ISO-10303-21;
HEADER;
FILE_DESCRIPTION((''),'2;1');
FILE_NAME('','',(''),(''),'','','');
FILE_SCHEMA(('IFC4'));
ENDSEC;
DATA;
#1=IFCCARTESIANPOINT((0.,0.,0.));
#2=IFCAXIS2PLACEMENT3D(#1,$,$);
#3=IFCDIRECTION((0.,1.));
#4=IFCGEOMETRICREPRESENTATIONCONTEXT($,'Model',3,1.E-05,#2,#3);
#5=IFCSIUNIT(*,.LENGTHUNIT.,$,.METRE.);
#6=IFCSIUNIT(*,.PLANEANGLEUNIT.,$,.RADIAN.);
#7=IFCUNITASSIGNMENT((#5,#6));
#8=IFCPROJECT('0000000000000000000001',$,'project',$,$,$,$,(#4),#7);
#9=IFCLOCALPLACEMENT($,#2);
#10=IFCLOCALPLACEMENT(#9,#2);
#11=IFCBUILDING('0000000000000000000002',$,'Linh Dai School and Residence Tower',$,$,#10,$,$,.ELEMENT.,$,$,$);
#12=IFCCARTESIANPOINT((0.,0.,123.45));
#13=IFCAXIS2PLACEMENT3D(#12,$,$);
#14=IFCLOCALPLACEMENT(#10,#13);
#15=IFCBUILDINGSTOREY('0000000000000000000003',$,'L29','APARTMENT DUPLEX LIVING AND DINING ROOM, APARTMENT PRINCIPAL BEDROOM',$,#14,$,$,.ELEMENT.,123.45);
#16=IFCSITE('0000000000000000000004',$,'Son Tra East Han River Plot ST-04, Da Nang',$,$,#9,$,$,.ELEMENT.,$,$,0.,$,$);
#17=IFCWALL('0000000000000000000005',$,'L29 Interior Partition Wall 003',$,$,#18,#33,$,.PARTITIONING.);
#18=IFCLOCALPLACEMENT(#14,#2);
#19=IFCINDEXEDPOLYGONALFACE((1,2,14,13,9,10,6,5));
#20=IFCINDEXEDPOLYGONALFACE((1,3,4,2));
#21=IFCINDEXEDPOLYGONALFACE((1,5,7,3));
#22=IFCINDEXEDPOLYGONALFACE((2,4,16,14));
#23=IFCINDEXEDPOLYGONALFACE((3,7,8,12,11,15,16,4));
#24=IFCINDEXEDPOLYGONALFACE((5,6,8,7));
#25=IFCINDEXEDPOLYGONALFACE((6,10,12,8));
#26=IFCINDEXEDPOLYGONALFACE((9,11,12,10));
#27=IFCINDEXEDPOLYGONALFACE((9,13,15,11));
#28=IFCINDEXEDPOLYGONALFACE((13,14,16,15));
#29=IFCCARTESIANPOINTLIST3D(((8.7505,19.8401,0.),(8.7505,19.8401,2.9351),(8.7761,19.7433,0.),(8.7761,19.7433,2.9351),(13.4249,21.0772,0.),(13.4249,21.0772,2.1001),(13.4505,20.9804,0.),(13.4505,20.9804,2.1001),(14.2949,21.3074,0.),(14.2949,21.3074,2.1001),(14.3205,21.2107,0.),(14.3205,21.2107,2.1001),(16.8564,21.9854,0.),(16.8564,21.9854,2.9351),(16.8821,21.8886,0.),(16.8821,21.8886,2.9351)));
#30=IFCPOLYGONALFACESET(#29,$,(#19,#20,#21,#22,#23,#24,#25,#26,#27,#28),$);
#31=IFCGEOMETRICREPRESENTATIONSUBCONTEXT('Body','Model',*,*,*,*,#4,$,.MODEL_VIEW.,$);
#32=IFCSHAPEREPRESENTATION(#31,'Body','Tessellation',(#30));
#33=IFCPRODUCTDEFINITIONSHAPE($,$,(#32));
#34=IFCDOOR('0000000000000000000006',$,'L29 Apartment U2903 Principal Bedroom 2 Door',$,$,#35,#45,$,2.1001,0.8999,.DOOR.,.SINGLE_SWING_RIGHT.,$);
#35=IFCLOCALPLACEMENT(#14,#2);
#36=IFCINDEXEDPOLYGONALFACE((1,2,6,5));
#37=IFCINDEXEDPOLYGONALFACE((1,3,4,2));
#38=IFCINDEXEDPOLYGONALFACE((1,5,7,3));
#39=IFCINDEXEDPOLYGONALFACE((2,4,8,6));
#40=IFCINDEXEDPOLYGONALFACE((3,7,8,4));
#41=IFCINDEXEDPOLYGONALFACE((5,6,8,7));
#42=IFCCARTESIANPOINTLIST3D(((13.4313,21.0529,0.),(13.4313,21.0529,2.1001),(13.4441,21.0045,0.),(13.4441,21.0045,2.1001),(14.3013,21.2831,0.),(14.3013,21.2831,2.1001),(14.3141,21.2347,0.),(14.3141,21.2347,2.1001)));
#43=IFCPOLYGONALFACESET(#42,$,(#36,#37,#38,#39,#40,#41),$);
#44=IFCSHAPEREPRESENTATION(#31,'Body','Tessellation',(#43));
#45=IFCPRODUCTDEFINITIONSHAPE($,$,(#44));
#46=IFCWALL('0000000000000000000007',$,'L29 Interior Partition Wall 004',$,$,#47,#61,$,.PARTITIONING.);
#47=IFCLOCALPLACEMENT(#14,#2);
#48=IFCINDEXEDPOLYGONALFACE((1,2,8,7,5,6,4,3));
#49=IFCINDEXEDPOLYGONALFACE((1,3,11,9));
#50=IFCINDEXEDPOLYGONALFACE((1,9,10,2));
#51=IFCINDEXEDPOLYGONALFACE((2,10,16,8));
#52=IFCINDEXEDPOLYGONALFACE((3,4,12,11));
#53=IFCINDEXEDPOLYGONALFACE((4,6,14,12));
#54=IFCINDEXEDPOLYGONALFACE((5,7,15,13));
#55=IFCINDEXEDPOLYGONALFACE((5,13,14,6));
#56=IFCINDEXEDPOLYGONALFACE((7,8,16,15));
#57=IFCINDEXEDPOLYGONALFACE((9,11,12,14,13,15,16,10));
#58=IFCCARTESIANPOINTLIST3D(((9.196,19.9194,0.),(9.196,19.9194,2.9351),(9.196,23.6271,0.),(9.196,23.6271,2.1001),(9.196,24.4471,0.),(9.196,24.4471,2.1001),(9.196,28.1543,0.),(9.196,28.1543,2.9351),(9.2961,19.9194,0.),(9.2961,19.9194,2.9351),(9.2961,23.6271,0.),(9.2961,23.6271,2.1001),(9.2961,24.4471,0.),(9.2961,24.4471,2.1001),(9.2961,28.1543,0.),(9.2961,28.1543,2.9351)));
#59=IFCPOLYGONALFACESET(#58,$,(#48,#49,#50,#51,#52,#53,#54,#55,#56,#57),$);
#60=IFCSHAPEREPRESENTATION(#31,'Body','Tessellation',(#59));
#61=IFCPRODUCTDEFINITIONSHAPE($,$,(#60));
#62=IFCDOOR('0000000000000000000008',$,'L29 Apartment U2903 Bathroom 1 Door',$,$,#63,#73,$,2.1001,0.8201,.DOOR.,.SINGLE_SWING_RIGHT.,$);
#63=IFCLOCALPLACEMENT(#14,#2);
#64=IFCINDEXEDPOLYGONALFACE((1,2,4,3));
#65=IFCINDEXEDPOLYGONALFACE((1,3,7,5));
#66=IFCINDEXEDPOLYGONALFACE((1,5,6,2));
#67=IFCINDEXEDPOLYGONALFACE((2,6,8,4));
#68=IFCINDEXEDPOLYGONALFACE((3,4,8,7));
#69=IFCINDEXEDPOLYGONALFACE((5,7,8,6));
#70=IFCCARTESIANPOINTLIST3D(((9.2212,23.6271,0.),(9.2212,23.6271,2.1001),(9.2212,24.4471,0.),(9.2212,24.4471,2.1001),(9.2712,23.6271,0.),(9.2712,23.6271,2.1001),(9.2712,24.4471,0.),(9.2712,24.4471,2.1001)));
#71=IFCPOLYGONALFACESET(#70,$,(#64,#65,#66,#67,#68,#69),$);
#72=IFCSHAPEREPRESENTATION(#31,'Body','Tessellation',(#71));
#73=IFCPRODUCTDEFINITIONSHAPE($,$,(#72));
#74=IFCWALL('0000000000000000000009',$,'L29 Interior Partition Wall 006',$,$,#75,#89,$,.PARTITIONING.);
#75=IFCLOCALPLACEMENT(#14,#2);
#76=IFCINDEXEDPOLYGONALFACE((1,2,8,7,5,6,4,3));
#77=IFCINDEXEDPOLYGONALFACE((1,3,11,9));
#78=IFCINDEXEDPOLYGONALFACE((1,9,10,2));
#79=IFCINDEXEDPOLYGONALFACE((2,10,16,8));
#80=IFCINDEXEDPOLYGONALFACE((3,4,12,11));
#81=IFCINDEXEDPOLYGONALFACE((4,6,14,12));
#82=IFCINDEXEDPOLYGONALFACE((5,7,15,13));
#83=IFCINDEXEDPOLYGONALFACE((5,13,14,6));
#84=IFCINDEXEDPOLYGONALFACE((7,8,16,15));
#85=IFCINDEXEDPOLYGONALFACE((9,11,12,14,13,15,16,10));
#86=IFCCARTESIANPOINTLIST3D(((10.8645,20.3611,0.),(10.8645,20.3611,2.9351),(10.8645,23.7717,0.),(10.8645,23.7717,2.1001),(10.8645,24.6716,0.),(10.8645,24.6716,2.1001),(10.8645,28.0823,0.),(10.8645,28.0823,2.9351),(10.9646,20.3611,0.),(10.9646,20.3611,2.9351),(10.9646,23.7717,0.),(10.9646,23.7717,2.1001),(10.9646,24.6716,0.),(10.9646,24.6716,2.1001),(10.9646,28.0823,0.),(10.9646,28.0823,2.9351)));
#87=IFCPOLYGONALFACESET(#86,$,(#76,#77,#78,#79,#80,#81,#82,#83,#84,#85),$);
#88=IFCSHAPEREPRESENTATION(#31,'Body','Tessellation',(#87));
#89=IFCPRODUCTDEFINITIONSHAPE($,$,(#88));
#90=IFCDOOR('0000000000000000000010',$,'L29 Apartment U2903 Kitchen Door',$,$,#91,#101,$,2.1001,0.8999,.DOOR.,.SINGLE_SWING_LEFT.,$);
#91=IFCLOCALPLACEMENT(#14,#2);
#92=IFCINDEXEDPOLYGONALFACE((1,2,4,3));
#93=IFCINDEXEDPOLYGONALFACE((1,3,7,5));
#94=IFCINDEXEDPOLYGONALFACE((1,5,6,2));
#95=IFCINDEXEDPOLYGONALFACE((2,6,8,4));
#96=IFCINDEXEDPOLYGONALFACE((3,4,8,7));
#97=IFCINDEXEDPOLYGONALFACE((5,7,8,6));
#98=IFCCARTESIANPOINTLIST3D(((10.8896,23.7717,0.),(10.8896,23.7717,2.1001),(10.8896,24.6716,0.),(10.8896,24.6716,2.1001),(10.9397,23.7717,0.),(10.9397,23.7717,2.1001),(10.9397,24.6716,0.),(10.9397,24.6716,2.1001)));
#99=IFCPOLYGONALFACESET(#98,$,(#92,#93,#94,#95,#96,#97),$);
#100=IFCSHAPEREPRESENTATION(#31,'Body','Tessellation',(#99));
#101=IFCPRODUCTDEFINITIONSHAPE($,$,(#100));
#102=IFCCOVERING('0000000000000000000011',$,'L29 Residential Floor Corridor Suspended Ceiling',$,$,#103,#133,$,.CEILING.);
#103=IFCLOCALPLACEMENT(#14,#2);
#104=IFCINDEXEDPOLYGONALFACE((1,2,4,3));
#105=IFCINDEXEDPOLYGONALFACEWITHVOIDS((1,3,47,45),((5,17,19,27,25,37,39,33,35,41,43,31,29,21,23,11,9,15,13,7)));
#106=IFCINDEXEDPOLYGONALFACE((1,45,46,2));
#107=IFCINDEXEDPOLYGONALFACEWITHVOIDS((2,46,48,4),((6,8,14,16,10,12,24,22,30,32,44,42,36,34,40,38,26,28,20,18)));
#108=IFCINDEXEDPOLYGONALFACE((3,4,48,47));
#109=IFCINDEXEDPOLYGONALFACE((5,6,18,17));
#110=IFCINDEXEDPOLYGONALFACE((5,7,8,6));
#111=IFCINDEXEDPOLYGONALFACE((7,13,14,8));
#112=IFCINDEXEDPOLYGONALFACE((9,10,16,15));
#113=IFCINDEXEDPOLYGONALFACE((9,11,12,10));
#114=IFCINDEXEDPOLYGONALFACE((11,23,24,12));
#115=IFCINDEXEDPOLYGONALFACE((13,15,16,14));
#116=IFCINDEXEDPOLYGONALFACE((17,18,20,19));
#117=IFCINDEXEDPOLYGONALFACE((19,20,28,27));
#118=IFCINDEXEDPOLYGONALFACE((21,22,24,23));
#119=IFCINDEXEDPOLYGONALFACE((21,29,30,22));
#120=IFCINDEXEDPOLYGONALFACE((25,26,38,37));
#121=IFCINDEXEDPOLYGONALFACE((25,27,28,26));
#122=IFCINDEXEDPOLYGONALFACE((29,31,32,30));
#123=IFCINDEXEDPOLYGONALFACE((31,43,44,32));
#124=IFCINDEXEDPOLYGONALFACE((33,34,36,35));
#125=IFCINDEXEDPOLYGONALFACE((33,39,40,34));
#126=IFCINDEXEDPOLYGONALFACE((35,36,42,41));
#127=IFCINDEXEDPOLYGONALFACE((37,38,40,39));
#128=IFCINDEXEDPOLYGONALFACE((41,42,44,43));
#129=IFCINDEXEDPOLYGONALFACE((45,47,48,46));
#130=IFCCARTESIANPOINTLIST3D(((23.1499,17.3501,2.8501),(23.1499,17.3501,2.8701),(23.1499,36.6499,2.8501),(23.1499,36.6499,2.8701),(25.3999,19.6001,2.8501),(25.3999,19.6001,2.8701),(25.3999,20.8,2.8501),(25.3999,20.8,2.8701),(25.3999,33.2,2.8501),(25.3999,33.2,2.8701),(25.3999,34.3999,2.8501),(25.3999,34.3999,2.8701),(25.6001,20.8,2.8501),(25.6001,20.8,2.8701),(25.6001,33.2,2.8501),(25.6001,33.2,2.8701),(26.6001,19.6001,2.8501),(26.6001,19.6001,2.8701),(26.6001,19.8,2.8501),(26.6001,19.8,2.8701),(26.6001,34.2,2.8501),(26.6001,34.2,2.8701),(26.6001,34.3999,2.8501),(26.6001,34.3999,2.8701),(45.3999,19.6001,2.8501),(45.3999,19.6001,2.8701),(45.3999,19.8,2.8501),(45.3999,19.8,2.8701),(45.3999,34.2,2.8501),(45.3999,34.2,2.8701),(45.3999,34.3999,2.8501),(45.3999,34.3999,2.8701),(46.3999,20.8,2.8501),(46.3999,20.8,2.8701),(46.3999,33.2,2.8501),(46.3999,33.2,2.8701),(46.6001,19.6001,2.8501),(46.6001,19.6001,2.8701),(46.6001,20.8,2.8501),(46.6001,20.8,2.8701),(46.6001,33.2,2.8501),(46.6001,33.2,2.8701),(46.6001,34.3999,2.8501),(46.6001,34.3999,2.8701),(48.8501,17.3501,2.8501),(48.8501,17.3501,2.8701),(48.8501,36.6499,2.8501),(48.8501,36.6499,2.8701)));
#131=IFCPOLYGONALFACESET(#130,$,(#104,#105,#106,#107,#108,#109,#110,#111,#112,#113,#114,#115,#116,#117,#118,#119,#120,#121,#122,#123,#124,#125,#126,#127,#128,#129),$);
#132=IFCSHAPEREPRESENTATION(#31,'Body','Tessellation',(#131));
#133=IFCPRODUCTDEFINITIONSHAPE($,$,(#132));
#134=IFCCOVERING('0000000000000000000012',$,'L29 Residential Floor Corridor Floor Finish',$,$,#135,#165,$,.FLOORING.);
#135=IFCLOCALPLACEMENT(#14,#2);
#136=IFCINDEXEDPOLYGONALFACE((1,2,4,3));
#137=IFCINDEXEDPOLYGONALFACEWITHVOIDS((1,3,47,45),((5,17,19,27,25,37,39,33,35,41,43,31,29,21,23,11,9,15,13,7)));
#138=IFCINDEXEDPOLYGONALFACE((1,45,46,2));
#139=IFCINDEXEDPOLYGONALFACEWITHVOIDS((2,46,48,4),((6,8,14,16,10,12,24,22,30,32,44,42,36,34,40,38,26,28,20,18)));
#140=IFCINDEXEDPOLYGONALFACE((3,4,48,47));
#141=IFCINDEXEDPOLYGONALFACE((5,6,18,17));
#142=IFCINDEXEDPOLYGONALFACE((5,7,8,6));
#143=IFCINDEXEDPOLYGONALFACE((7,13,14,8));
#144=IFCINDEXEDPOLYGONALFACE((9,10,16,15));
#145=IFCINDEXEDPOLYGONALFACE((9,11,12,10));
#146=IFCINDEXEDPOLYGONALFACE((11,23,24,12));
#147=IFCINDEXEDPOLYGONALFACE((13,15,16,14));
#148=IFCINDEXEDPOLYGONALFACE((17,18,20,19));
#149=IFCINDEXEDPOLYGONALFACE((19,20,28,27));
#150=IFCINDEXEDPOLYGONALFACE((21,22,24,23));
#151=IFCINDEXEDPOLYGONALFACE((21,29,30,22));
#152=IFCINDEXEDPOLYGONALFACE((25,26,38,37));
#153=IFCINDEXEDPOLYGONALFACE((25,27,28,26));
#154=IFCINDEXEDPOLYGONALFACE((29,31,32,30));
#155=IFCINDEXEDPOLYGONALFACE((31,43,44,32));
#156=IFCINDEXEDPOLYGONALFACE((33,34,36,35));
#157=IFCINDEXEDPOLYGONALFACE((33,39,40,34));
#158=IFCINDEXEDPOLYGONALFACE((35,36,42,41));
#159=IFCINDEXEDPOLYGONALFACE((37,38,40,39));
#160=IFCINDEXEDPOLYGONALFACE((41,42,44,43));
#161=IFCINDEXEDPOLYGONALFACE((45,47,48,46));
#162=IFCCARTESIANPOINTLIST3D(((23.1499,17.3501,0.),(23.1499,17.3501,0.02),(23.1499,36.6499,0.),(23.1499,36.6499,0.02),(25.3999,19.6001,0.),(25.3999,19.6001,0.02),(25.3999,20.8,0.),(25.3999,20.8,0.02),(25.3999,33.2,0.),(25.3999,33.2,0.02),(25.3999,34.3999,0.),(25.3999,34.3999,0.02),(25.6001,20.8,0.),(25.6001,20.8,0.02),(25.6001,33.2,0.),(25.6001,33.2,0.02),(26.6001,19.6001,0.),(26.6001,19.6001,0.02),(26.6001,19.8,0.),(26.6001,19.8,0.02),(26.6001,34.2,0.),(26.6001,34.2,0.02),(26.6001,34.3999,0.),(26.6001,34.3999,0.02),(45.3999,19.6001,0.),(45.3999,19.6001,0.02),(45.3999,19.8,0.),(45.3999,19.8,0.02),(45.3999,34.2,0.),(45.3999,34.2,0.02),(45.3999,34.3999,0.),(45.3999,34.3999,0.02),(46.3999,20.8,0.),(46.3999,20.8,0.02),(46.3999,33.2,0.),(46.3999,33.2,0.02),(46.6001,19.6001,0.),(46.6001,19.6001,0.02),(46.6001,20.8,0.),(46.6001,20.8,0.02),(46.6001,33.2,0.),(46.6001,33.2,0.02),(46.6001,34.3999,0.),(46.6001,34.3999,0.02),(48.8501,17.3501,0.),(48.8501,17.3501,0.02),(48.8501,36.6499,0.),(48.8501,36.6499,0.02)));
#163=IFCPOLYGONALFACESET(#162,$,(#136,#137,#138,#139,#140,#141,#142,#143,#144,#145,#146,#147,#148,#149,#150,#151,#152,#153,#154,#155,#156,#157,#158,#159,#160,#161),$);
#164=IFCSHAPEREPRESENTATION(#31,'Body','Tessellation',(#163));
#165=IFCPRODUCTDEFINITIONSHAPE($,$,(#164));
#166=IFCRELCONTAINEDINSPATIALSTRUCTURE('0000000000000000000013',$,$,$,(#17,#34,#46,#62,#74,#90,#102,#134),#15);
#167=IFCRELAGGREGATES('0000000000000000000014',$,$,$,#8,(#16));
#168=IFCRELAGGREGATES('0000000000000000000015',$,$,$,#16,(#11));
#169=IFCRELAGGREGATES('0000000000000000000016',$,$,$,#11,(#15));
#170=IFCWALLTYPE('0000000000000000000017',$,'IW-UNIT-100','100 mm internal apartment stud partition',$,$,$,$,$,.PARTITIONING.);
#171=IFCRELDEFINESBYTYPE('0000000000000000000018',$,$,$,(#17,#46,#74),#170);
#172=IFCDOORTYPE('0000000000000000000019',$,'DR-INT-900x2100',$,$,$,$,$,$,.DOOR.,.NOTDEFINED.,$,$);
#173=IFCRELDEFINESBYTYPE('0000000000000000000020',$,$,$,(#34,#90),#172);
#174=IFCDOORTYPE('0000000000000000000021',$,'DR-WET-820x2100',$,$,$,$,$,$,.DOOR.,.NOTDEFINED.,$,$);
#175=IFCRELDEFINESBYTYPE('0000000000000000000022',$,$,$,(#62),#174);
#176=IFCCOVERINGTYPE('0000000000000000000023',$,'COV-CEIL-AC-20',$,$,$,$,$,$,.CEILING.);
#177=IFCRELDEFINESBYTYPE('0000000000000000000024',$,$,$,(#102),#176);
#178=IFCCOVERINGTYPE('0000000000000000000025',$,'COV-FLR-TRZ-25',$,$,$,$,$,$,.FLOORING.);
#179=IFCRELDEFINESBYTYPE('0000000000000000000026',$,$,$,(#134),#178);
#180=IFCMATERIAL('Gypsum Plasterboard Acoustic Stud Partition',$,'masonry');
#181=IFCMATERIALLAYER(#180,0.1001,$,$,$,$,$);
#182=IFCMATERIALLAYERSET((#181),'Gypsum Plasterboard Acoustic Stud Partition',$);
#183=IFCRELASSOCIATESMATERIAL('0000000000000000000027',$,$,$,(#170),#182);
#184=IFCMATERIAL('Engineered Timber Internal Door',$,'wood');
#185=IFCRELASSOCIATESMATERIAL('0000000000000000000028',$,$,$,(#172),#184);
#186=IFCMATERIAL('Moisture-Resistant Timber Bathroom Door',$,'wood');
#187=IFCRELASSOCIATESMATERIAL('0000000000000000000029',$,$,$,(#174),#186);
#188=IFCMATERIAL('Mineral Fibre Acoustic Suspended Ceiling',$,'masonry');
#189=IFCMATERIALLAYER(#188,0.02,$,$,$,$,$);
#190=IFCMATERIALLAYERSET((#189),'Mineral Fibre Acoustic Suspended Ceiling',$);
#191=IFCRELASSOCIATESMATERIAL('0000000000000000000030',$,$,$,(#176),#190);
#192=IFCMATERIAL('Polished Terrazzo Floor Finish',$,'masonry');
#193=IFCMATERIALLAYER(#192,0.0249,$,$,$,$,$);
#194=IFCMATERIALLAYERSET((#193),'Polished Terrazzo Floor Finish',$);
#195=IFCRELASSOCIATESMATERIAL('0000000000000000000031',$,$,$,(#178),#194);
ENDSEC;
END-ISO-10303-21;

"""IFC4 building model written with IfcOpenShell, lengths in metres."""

from ifc_helpers import new_model, si_unit, direction, frame, frame_2d, origin, origin_2d, place, context, subcontext, project, spatial, polyline, rectangle, outline, extrude, source, transform, mapped, material, layer, layer_set, type_object, element, fill, save


model = new_model("IFC4")

# Units and contexts
model_context = context("Model", 3, precision=1e-05, world=origin(), true_north=direction((0.0, 1.0)))
body_context = subcontext(model_context, "Body", "Model", "MODEL_VIEW")
ifc_project = project(units=[si_unit("LENGTHUNIT", "METRE"), si_unit("PLANEANGLEUNIT", "RADIAN")], contexts=[model_context])

# Site, building, storey
site_placement = place(None, origin())
site = spatial("IfcSite", under=ifc_project, at=site_placement, Name="Son Tra East Han River Plot ST-04, Da Nang", CompositionType="ELEMENT", RefElevation=0.0)
building_placement = place(site_placement, origin())
building = spatial("IfcBuilding", under=site, at=building_placement, Name="Linh Dai School and Residence Tower", CompositionType="ELEMENT")
storey_placement = place(building_placement, frame((0.0, 0.0, 123.45)))
storey = spatial("IfcBuildingStorey", under=building, at=storey_placement, Name="L29", Description="APARTMENT DUPLEX LIVING AND DINING ROOM, APARTMENT PRINCIPAL BEDROOM", CompositionType="ELEMENT", Elevation=123.45)

# Walls, openings, doors
ifc_material_1 = material(Name="Gypsum Plasterboard Acoustic Stud Partition", Category="masonry")
ifc_layer_1 = layer(ifc_material_1, 0.1001)
ifc_layer_set_1 = layer_set([ifc_layer_1], Name="Gypsum Plasterboard Acoustic Stud Partition")
wall_type_1 = type_object("IfcWallType", Name="IW-UNIT-100", Description="100 mm internal apartment stud partition", PredefinedType="PARTITIONING", material=ifc_layer_set_1)
wall_1_placement = place(storey_placement, frame((8.7634, 19.7917, 0.0), z_axis=(0.0, 0.0, 1.0), x_axis=(0.966718, 0.255845, 0.0)))
wall_1 = element("IfcWall", 1, at=wall_1_placement, inside=storey, type_object=wall_type_1, Name="L29 Interior Partition Wall 003", PredefinedType="PARTITIONING", context=body_context, shape_type="SweptSolid", body=[
    extrude(rectangle(XDim=8.385, YDim=0.1001, at=frame_2d((4.1924, 0.0))), origin(), (0.0, 0.0, 1.0), 2.9351),
])
opening_1_placement = place(wall_1_placement, frame((4.8352, 0.0, 0.0)))
opening_1 = element("IfcOpeningElement", 2, at=opening_1_placement, cuts=wall_1, PredefinedType="OPENING", context=body_context, shape_type="SweptSolid", body=[
    extrude(rectangle(XDim=0.8999, YDim=2.1001, at=origin_2d()), frame((0.45, 0.0601, 1.05), z_axis=(0.0, -1.0, 0.0), x_axis=(1.0, 0.0, 0.0)), (0.0, 0.0, 1.0), 0.1201),
])
ifc_material_2 = material(Name="Engineered Timber Internal Door", Category="wood")
door_type_1 = type_object("IfcDoorType", Name="DR-INT-900x2100", OperationType="NOTDEFINED", PredefinedType="DOOR", material=ifc_material_2)
shared_shape_1 = source(origin(), body_context, "Body", "SweptSolid", [
    extrude(rectangle(XDim=0.8999, YDim=2.1001, at=origin_2d()), frame((0.45, 0.0249, 1.05), z_axis=(0.0, -1.0, 0.0), x_axis=(1.0, 0.0, 0.0)), (0.0, 0.0, 1.0), 0.05),
])
door_1_placement = place(opening_1_placement, origin())
door_1 = element("IfcDoor", 3, at=door_1_placement, inside=storey, type_object=door_type_1, Name="L29 Apartment U2903 Principal Bedroom 2 Door", OperationType="SINGLE_SWING_RIGHT", OverallHeight=2.1001, OverallWidth=0.8999, PredefinedType="DOOR", context=body_context, shape_type="MappedRepresentation", body=[
    mapped(shared_shape_1, transform((0.0, 0.0, 0.0), x_axis=(1.0, 0.0, 0.0), y_axis=(0.0, 1.0, 0.0), z_axis=(0.0, 0.0, 1.0), scale=1.0)),
])
fill(opening_1, door_1)
wall_2_placement = place(storey_placement, frame((9.2461, 19.9194, 0.0), z_axis=(0.0, 0.0, 1.0), x_axis=(0.0, 1.0, 0.0)))
wall_2 = element("IfcWall", 4, at=wall_2_placement, inside=storey, type_object=wall_type_1, Name="L29 Interior Partition Wall 004", PredefinedType="PARTITIONING", context=body_context, shape_type="SweptSolid", body=[
    extrude(rectangle(XDim=8.2349, YDim=0.1001, at=frame_2d((4.1174, 0.0))), origin(), (0.0, 0.0, 1.0), 2.9351),
])
opening_2_placement = place(wall_2_placement, frame((3.7075, 0.0, 0.0)))
opening_2 = element("IfcOpeningElement", 5, at=opening_2_placement, cuts=wall_2, PredefinedType="OPENING", context=body_context, shape_type="SweptSolid", body=[
    extrude(rectangle(XDim=0.8201, YDim=2.1001, at=origin_2d()), frame((0.4102, 0.0601, 1.05), z_axis=(0.0, -1.0, 0.0), x_axis=(1.0, 0.0, 0.0)), (0.0, 0.0, 1.0), 0.1201),
])
ifc_material_3 = material(Name="Moisture-Resistant Timber Bathroom Door", Category="wood")
door_type_2 = type_object("IfcDoorType", Name="DR-WET-820x2100", OperationType="NOTDEFINED", PredefinedType="DOOR", material=ifc_material_3)
shared_shape_2 = source(origin(), body_context, "Body", "SweptSolid", [
    extrude(rectangle(XDim=0.8201, YDim=2.1001, at=origin_2d()), frame((0.4102, 0.0249, 1.05), z_axis=(0.0, -1.0, 0.0), x_axis=(1.0, 0.0, 0.0)), (0.0, 0.0, 1.0), 0.05),
])
door_2_placement = place(opening_2_placement, origin())
door_2 = element("IfcDoor", 6, at=door_2_placement, inside=storey, type_object=door_type_2, Name="L29 Apartment U2903 Bathroom 1 Door", OperationType="SINGLE_SWING_RIGHT", OverallHeight=2.1001, OverallWidth=0.8201, PredefinedType="DOOR", context=body_context, shape_type="MappedRepresentation", body=[
    mapped(shared_shape_2, transform((0.0, 0.0, 0.0), x_axis=(1.0, 0.0, 0.0), y_axis=(0.0, 1.0, 0.0), z_axis=(0.0, 0.0, 1.0), scale=1.0)),
])
fill(opening_2, door_2)
wall_3_placement = place(storey_placement, frame((10.9146, 20.3611, 0.0), z_axis=(0.0, 0.0, 1.0), x_axis=(0.0, 1.0, 0.0)))
wall_3 = element("IfcWall", 7, at=wall_3_placement, inside=storey, type_object=wall_type_1, Name="L29 Interior Partition Wall 006", PredefinedType="PARTITIONING", context=body_context, shape_type="SweptSolid", body=[
    extrude(rectangle(XDim=7.7212, YDim=0.1001, at=frame_2d((3.8606, 0.0))), origin(), (0.0, 0.0, 1.0), 2.9351),
])
opening_3_placement = place(wall_3_placement, frame((3.4106, 0.0, 0.0)))
opening_3 = element("IfcOpeningElement", 8, at=opening_3_placement, cuts=wall_3, PredefinedType="OPENING", context=body_context, shape_type="SweptSolid", body=[
    extrude(rectangle(XDim=0.8999, YDim=2.1001, at=origin_2d()), frame((0.45, 0.0601, 1.05), z_axis=(0.0, -1.0, 0.0), x_axis=(1.0, 0.0, 0.0)), (0.0, 0.0, 1.0), 0.1201),
])
door_3_placement = place(opening_3_placement, origin())
door_3 = element("IfcDoor", 9, at=door_3_placement, inside=storey, type_object=door_type_1, Name="L29 Apartment U2903 Kitchen Door", OperationType="SINGLE_SWING_LEFT", OverallHeight=2.1001, OverallWidth=0.8999, PredefinedType="DOOR", context=body_context, shape_type="MappedRepresentation", body=[
    mapped(shared_shape_1, transform((0.0, 0.0, 0.0), x_axis=(1.0, 0.0, 0.0), y_axis=(0.0, 1.0, 0.0), z_axis=(0.0, 0.0, 1.0), scale=1.0)),
])
fill(opening_3, door_3)

# Coverings
ifc_material_4 = material(Name="Mineral Fibre Acoustic Suspended Ceiling", Category="masonry")
ifc_layer_2 = layer(ifc_material_4, 0.02)
ifc_layer_set_2 = layer_set([ifc_layer_2], Name="Mineral Fibre Acoustic Suspended Ceiling")
covering_type_1 = type_object("IfcCoveringType", Name="COV-CEIL-AC-20", PredefinedType="CEILING", material=ifc_layer_set_2)
covering_1_placement = place(storey_placement, frame((0.0, 0.0, 2.8501)))
element("IfcCovering", 10, at=covering_1_placement, inside=storey, type_object=covering_type_1, Name="L29 Residential Floor Corridor Suspended Ceiling", PredefinedType="CEILING", context=body_context, shape_type="SweptSolid", body=[
    extrude(outline(polyline([(48.8501, 36.6499), (48.8501, 17.3501), (23.1499, 17.3501), (23.1499, 36.6499), (48.8501, 36.6499)]), holes=[polyline([(26.6001, 34.2), (26.6001, 34.3999), (25.3999, 34.3999), (25.3999, 33.2), (25.6001, 33.2), (25.6001, 20.8), (25.3999, 20.8), (25.3999, 19.6001), (26.6001, 19.6001), (26.6001, 19.8), (45.3999, 19.8), (45.3999, 19.6001), (46.6001, 19.6001), (46.6001, 20.8), (46.3999, 20.8), (46.3999, 33.2), (46.6001, 33.2), (46.6001, 34.3999), (45.3999, 34.3999), (45.3999, 34.2), (26.6001, 34.2)])]), origin(), (0.0, 0.0, 1.0), 0.02),
])
ifc_material_5 = material(Name="Polished Terrazzo Floor Finish", Category="masonry")
ifc_layer_3 = layer(ifc_material_5, 0.0249)
ifc_layer_set_3 = layer_set([ifc_layer_3], Name="Polished Terrazzo Floor Finish")
covering_type_2 = type_object("IfcCoveringType", Name="COV-FLR-TRZ-25", PredefinedType="FLOORING", material=ifc_layer_set_3)
covering_2_placement = place(storey_placement, origin())
element("IfcCovering", 11, at=covering_2_placement, inside=storey, type_object=covering_type_2, Name="L29 Residential Floor Corridor Floor Finish", PredefinedType="FLOORING", context=body_context, shape_type="SweptSolid", body=[
    extrude(outline(polyline([(48.8501, 36.6499), (48.8501, 17.3501), (23.1499, 17.3501), (23.1499, 36.6499), (48.8501, 36.6499)]), holes=[polyline([(26.6001, 34.2), (26.6001, 34.3999), (25.3999, 34.3999), (25.3999, 33.2), (25.6001, 33.2), (25.6001, 20.8), (25.3999, 20.8), (25.3999, 19.6001), (26.6001, 19.6001), (26.6001, 19.8), (45.3999, 19.8), (45.3999, 19.6001), (46.6001, 19.6001), (46.6001, 20.8), (46.3999, 20.8), (46.3999, 33.2), (46.6001, 33.2), (46.6001, 34.3999), (45.3999, 34.3999), (45.3999, 34.2), (26.6001, 34.2)])]), origin(), (0.0, 0.0, 1.0), 0.02),
])

save(model, "model.ifc")
